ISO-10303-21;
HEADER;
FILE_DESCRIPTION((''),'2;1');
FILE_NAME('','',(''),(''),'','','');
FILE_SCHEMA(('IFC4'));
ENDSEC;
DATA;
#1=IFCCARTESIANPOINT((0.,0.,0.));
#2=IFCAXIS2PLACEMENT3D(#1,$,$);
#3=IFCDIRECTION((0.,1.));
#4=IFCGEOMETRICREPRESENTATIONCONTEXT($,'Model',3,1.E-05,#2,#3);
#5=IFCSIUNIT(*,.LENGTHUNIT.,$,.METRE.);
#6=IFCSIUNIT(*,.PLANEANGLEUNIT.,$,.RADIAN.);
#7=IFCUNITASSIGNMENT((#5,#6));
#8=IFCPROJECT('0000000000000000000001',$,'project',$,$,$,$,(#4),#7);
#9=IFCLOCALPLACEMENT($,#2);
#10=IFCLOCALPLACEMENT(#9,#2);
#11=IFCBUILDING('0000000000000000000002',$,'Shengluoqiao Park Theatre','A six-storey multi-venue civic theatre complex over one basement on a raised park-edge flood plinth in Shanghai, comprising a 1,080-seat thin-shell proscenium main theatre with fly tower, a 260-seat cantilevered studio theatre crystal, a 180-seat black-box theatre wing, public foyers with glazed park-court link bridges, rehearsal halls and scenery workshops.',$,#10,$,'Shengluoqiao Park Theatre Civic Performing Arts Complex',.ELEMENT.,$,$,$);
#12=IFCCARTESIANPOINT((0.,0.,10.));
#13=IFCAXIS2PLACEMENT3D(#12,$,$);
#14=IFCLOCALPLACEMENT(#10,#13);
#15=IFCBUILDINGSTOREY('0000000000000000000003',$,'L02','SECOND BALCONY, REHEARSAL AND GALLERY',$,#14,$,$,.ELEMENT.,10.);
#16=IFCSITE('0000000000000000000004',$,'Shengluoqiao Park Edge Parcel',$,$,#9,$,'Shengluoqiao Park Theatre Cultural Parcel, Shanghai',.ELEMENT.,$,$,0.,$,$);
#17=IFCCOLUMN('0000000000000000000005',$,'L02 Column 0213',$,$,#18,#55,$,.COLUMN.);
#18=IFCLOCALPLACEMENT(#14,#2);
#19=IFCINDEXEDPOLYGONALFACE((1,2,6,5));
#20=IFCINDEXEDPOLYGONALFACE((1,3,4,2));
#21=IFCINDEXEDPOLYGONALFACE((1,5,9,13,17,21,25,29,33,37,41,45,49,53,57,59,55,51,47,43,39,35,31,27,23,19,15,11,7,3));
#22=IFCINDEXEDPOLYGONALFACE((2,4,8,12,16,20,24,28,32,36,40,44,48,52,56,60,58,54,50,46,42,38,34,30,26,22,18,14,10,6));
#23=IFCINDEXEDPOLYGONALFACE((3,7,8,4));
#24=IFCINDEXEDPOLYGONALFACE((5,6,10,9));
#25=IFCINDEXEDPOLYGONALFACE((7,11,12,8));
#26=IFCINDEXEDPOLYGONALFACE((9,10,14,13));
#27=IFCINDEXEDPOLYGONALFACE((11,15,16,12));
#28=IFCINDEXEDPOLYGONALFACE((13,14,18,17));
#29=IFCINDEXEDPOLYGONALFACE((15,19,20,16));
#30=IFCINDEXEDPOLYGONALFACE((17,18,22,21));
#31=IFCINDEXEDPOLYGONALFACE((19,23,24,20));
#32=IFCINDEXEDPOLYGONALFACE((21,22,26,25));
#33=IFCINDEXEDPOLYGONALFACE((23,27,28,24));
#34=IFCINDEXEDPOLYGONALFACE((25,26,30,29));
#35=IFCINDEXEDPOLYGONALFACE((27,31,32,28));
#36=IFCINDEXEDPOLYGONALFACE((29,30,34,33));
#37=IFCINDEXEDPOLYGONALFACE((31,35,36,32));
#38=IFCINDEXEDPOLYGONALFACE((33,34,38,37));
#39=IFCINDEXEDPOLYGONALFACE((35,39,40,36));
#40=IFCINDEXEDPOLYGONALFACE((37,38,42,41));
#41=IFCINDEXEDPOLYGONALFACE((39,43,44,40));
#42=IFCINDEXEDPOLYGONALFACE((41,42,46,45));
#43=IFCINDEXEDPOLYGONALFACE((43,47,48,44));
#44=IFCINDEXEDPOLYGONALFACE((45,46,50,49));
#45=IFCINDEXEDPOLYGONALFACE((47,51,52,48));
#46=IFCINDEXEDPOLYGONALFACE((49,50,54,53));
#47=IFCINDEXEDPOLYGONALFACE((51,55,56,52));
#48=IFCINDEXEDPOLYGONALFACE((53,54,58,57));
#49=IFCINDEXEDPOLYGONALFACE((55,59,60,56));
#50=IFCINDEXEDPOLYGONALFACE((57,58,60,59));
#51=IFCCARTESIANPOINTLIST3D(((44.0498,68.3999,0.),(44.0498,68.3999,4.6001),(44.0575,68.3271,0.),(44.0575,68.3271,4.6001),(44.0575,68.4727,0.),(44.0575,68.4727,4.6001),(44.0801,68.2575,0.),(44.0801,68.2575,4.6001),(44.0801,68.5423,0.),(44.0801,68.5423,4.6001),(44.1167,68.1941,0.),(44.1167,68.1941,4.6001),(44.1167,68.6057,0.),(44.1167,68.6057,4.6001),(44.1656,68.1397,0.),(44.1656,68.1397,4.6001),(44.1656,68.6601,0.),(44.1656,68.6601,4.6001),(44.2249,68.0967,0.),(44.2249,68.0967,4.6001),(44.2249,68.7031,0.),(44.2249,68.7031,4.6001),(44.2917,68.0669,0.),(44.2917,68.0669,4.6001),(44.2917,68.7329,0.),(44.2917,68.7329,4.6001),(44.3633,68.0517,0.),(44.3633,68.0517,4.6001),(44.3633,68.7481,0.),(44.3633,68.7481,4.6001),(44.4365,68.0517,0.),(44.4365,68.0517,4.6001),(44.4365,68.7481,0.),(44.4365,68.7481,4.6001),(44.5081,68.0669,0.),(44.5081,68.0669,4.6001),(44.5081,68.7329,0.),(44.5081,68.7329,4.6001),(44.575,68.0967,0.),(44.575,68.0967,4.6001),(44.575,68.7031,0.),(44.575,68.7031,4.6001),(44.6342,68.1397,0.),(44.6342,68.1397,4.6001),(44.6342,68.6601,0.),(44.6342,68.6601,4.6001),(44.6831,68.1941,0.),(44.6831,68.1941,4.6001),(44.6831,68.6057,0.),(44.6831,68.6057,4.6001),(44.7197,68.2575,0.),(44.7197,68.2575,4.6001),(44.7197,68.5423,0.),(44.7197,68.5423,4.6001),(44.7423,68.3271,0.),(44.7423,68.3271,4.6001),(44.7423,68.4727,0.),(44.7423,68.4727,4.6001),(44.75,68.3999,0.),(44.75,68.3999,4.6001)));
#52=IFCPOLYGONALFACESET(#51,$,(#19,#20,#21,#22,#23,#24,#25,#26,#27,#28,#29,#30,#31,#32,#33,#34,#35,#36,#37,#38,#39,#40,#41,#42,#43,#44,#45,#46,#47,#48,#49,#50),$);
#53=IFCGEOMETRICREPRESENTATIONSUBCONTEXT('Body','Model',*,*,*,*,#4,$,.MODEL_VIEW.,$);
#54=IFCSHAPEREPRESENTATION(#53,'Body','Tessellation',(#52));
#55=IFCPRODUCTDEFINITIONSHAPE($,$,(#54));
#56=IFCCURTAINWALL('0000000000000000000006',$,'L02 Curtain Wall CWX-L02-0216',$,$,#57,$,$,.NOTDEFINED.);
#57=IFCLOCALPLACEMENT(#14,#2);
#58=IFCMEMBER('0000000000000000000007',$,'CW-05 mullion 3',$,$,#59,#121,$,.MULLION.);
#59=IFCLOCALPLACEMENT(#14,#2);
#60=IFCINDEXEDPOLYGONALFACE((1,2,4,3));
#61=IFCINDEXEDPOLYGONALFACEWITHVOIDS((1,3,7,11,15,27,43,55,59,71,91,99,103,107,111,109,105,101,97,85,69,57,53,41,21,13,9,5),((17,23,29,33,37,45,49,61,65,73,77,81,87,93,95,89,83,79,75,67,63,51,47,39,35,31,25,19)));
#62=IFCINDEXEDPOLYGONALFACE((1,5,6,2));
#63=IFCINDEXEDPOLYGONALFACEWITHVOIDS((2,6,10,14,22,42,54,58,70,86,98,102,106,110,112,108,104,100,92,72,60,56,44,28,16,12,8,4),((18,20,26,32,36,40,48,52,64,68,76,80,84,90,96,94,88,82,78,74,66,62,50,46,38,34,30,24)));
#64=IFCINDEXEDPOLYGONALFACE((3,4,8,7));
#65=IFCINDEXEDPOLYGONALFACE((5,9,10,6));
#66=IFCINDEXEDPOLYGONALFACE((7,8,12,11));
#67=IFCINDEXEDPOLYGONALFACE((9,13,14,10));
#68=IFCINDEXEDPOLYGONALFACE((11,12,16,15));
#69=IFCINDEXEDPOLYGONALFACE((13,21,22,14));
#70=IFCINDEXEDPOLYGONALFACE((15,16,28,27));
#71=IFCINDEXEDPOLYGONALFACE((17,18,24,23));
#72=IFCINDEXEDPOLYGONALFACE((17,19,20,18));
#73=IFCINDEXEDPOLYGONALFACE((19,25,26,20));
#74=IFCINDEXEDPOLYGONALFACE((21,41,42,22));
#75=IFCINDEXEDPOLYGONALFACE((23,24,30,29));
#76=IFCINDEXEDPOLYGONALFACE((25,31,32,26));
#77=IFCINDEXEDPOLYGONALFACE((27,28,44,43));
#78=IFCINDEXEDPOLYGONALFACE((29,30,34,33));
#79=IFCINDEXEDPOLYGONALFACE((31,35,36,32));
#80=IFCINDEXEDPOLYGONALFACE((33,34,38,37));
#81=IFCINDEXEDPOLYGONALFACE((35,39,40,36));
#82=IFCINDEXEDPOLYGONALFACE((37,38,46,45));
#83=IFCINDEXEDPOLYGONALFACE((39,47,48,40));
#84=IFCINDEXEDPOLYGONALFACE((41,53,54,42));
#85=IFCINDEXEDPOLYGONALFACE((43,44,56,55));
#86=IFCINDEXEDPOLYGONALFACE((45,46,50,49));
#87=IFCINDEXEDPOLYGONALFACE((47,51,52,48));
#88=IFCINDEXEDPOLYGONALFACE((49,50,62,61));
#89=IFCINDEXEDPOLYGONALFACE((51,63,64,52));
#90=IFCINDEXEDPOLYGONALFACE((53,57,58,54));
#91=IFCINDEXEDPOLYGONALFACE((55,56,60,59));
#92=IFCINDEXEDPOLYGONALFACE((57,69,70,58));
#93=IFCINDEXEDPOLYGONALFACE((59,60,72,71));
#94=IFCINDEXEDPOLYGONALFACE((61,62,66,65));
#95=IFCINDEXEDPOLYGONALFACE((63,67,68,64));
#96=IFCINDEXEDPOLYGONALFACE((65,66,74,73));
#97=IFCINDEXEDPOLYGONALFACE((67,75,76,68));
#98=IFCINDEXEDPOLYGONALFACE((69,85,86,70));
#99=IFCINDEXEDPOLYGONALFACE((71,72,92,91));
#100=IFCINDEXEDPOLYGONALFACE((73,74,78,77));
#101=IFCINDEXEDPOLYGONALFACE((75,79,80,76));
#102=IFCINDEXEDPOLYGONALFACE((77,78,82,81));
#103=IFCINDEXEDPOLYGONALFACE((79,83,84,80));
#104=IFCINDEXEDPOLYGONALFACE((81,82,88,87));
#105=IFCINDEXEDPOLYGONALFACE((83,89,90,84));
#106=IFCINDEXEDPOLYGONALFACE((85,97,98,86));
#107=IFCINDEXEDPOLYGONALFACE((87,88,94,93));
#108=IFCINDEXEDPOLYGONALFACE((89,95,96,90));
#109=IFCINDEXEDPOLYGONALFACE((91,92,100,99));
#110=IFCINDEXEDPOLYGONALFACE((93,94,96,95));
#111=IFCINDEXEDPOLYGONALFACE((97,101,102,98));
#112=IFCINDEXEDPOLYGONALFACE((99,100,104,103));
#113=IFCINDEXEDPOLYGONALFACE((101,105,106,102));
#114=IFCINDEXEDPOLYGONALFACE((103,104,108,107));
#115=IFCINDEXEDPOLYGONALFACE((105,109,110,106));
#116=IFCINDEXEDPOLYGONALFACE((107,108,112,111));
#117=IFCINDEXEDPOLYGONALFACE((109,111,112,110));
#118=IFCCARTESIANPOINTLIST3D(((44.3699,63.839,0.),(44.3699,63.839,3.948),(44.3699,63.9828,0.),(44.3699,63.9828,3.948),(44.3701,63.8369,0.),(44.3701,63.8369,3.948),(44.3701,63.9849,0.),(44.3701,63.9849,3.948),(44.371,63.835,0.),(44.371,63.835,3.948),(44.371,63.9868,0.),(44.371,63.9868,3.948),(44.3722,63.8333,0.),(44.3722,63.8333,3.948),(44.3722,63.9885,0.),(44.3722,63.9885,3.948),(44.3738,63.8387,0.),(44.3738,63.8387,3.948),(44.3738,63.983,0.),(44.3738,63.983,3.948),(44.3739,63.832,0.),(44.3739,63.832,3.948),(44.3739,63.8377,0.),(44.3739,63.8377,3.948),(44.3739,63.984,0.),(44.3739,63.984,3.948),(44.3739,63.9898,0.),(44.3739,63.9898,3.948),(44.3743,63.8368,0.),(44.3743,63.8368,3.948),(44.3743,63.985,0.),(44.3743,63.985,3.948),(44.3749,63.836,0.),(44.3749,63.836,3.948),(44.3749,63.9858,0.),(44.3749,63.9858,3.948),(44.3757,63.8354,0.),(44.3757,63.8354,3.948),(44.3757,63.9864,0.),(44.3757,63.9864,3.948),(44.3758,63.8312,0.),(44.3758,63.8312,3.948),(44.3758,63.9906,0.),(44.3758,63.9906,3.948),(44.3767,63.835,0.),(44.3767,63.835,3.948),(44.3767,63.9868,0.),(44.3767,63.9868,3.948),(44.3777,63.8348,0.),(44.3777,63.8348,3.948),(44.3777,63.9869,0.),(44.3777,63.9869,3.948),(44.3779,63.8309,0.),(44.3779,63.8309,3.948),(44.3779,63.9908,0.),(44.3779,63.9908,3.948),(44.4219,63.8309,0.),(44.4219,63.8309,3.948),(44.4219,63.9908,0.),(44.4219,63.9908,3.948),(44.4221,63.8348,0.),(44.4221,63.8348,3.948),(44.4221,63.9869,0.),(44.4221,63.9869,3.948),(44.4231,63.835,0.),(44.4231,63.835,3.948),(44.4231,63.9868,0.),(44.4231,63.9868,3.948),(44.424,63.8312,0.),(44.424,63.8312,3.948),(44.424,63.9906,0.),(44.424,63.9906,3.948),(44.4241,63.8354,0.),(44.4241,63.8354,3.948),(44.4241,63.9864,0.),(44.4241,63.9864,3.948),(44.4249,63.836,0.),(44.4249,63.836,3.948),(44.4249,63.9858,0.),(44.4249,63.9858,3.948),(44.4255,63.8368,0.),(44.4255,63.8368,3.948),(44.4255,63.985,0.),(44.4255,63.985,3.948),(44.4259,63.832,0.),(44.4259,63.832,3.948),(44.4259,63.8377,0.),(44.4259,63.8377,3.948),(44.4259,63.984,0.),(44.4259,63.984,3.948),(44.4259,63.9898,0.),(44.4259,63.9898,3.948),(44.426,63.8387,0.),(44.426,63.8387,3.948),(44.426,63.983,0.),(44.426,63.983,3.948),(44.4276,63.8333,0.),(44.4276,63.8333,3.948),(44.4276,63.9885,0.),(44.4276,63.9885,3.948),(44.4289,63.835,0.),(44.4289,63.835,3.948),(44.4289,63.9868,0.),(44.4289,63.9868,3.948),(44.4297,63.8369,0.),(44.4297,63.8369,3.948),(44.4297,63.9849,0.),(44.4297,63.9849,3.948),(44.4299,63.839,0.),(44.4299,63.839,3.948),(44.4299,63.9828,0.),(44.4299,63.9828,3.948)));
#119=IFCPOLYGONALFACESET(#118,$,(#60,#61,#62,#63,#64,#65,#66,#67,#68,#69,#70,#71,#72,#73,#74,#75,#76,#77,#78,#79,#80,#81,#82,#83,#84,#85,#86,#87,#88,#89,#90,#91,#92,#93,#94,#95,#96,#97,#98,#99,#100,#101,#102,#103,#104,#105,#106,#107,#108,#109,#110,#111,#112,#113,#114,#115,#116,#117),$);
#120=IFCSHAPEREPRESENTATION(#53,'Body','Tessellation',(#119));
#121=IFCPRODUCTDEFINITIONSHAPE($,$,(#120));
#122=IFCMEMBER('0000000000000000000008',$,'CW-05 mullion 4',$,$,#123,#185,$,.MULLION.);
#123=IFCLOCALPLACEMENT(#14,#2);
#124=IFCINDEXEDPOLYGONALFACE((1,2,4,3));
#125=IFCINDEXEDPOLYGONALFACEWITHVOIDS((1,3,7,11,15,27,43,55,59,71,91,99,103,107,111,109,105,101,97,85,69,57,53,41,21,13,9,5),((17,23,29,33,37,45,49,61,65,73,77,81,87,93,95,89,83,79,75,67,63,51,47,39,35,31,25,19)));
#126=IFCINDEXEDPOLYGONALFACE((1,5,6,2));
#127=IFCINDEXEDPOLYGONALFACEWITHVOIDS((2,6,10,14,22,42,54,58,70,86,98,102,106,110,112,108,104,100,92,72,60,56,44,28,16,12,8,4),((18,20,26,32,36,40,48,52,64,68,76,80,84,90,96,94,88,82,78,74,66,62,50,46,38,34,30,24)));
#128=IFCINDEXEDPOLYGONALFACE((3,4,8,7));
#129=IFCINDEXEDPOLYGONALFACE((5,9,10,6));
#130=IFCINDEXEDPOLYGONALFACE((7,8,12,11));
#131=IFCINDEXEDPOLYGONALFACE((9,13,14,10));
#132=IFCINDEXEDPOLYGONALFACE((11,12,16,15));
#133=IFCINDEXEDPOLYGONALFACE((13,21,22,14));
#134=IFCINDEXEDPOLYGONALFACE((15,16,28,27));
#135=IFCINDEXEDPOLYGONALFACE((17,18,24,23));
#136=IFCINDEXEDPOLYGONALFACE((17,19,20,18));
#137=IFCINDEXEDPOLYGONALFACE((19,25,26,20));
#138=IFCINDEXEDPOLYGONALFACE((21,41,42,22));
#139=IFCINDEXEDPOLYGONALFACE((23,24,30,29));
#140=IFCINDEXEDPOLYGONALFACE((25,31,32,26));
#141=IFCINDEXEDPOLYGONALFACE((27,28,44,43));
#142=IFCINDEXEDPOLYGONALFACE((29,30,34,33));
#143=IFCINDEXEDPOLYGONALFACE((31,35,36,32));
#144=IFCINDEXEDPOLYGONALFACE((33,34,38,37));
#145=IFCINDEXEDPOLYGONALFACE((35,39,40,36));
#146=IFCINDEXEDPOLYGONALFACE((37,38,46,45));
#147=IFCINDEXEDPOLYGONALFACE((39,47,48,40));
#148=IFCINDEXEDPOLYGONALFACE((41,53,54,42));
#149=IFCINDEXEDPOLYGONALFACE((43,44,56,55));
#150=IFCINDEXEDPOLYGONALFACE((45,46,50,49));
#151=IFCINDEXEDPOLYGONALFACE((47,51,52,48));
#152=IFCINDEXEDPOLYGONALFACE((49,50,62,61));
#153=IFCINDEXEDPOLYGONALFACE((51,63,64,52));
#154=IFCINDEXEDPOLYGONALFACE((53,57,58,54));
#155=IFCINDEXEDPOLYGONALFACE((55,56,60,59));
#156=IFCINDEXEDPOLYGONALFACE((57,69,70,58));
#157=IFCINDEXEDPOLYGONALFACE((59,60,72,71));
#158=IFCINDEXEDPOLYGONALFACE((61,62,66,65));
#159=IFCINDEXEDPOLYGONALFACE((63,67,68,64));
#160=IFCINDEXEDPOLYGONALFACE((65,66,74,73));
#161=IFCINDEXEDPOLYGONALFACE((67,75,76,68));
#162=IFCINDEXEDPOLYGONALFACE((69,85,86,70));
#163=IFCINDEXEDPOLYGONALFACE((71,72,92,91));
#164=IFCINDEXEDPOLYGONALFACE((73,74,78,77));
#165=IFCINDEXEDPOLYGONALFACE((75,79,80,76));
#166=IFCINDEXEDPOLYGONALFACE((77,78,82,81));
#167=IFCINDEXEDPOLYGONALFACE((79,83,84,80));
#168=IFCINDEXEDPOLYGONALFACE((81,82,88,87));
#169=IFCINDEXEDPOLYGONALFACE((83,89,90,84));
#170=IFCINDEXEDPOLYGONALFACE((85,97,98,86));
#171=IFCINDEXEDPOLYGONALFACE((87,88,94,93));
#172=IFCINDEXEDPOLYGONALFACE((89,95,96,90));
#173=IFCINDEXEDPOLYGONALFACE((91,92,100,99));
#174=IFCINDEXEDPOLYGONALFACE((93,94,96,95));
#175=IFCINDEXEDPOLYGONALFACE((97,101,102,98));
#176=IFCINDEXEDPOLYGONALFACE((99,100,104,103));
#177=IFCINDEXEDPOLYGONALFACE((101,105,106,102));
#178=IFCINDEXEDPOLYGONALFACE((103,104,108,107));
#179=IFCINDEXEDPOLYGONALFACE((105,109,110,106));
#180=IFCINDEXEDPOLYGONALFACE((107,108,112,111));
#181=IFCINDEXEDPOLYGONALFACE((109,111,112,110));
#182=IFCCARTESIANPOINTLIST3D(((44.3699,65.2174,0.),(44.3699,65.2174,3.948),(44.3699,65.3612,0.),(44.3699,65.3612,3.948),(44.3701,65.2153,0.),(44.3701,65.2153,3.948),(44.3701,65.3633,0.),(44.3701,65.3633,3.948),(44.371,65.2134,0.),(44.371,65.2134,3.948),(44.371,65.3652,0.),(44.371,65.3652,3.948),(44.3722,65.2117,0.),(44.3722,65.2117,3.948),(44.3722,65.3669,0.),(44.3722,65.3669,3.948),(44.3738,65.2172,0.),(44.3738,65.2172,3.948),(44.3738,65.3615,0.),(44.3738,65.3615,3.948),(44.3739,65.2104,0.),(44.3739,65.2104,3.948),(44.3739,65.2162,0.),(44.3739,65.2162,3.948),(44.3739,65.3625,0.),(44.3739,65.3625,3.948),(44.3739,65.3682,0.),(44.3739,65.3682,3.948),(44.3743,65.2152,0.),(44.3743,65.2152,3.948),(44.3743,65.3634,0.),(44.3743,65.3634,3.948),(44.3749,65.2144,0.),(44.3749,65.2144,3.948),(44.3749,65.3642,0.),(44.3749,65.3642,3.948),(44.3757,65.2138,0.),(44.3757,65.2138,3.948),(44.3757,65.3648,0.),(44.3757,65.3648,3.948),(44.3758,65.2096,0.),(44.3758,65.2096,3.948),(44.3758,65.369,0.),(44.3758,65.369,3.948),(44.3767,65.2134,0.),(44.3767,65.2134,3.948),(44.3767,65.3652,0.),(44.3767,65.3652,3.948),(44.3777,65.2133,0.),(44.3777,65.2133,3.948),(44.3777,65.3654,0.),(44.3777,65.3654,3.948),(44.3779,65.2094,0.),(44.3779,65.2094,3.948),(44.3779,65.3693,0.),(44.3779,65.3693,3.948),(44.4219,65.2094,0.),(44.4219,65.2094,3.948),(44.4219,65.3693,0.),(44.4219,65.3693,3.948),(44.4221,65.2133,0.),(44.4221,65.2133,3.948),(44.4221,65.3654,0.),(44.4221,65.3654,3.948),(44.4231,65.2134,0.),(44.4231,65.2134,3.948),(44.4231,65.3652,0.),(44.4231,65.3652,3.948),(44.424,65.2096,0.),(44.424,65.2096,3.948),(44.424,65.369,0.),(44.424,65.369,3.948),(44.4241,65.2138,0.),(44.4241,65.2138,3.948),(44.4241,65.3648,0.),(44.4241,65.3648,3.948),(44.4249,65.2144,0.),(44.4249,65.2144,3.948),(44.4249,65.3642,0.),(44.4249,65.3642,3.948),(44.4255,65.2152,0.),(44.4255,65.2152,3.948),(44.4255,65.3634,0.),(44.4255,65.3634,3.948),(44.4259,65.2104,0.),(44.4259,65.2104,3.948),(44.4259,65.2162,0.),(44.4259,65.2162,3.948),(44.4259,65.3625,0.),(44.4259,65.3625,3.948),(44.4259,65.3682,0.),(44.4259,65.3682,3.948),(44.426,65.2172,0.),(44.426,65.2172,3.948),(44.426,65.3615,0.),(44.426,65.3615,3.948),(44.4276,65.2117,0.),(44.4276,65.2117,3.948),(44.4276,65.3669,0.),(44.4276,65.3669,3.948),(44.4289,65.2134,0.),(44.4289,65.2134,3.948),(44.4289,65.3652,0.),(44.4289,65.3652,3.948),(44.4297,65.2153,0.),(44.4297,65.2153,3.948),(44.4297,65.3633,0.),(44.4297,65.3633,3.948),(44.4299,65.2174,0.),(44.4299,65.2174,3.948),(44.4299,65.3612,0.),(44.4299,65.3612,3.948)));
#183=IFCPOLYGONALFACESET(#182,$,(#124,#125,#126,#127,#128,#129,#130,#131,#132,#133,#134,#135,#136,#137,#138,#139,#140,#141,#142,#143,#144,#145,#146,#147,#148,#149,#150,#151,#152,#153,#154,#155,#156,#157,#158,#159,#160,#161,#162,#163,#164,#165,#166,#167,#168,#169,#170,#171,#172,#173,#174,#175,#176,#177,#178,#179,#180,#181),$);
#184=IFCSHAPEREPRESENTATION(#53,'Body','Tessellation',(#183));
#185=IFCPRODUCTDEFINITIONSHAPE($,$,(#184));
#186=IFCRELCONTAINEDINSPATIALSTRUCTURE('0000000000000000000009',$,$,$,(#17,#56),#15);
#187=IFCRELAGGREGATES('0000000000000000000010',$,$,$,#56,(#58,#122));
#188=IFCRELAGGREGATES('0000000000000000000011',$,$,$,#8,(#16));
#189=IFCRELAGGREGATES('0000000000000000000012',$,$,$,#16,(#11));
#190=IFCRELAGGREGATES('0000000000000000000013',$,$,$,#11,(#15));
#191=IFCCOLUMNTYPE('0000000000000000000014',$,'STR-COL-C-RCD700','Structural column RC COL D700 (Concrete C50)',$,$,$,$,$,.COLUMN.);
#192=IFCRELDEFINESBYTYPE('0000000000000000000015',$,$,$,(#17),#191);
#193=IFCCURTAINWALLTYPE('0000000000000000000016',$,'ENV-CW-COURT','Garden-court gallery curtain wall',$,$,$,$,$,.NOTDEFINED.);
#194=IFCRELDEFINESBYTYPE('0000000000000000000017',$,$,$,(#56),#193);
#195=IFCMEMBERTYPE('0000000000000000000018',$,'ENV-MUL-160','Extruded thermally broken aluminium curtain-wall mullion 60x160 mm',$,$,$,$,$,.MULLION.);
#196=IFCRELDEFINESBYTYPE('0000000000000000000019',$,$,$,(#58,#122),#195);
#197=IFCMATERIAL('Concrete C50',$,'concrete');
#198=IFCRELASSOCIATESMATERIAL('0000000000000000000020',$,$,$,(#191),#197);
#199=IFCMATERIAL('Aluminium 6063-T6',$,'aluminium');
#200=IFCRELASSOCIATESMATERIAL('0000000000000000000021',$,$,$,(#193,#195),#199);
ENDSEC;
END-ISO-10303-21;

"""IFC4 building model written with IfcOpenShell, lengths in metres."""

from ifc_helpers import new_model, si_unit, direction, frame, origin, origin_2d, place, context, subcontext, project, spatial, hollow_rectangle, circle, extrude, material, material_profile, profile_set, type_object, element, aggregate, save


model = new_model("IFC4")

# Units and contexts
model_context = context("Model", 3, precision=1e-05, world=origin(), true_north=direction((0.0, 1.0)))
body_context = subcontext(model_context, "Body", "Model", "MODEL_VIEW")
ifc_project = project(units=[si_unit("LENGTHUNIT", "METRE"), si_unit("PLANEANGLEUNIT", "RADIAN")], contexts=[model_context])

# Site, building, storey
site_placement = place(None, origin())
site = spatial("IfcSite", under=ifc_project, at=site_placement, Name="Shengluoqiao Park Edge Parcel", LongName="Shengluoqiao Park Theatre Cultural Parcel, Shanghai", CompositionType="ELEMENT", RefElevation=0.0)
building_placement = place(site_placement, origin())
building = spatial("IfcBuilding", under=site, at=building_placement, Name="Shengluoqiao Park Theatre", Description="A six-storey multi-venue civic theatre complex over one basement on a raised park-edge flood plinth in Shanghai, comprising a 1,080-seat thin-shell proscenium main theatre with fly tower, a 260-seat cantilevered studio theatre crystal, a 180-seat black-box theatre wing, public foyers with glazed park-court link bridges, rehearsal halls and scenery workshops.", LongName="Shengluoqiao Park Theatre Civic Performing Arts Complex", CompositionType="ELEMENT")
storey_placement = place(building_placement, frame((0.0, 0.0, 10.0)))
storey = spatial("IfcBuildingStorey", under=building, at=storey_placement, Name="L02", Description="SECOND BALCONY, REHEARSAL AND GALLERY", CompositionType="ELEMENT", Elevation=10.0)

# Column
ifc_material_1 = material(Name="Concrete C50", Category="concrete")
ifc_material_profile_1 = material_profile(ifc_material_1, circle(Radius=0.3501, at=origin_2d()), Name="RC COL D700")
ifc_profile_set_1 = profile_set([ifc_material_profile_1], Name="Concrete C50")
column_type = type_object("IfcColumnType", Name="STR-COL-C-RCD700", Description="Structural column RC COL D700 (Concrete C50)", PredefinedType="COLUMN", material=ifc_profile_set_1)
column_placement = place(storey_placement, frame((44.3999, 68.3999, 0.0), z_axis=(0.0, 0.0, 1.0), x_axis=(1.0, 0.0, 0.0)))
element("IfcColumn", 1, at=column_placement, inside=storey, type_object=column_type, Name="L02 Column 0213", PredefinedType="COLUMN", context=body_context, shape_type="SweptSolid", body=[
    extrude(circle(Radius=0.3501, at=origin_2d()), origin(), (0.0, 0.0, 1.0), 4.6001),
])

# Curtain wall, members
ifc_material_2 = material(Name="Aluminium 6063-T6", Category="aluminium")
curtain_wall_type = type_object("IfcCurtainWallType", Name="ENV-CW-COURT", Description="Garden-court gallery curtain wall", PredefinedType="NOTDEFINED", material=ifc_material_2)
curtain_wall_placement = place(storey_placement, origin())
curtain_wall = element("IfcCurtainWall", 2, at=curtain_wall_placement, inside=storey, type_object=curtain_wall_type, Name="L02 Curtain Wall CWX-L02-0216", PredefinedType="NOTDEFINED")
ifc_material_profile_2 = material_profile(ifc_material_2, hollow_rectangle(XDim=0.0601, YDim=0.1599, WallThickness=0.0039, InnerFilletRadius=0.0039, OuterFilletRadius=0.0081, at=origin_2d()), Name="ALU MULLION 160x60x4")
ifc_profile_set_2 = profile_set([ifc_material_profile_2], Name="Aluminium 6063-T6")
member_type_1 = type_object("IfcMemberType", Name="ENV-MUL-160", Description="Extruded thermally broken aluminium curtain-wall mullion 60x160 mm", PredefinedType="MULLION", material=ifc_profile_set_2)
member_1_placement = place(storey_placement, frame((44.3999, 63.9109, 0.0), z_axis=(0.0, 0.0, 1.0), x_axis=(-1.0, 0.0, 0.0)))
member_1 = element("IfcMember", 3, at=member_1_placement, type_object=member_type_1, Name="CW-05 mullion 3", PredefinedType="MULLION", context=body_context, shape_type="SweptSolid", body=[
    extrude(hollow_rectangle(XDim=0.0601, YDim=0.1599, WallThickness=0.0039, InnerFilletRadius=0.0039, OuterFilletRadius=0.0081, at=origin_2d()), origin(), (0.0, 0.0, 1.0), 3.948),
])
member_2_placement = place(storey_placement, frame((44.3999, 65.2893, 0.0), z_axis=(0.0, 0.0, 1.0), x_axis=(-1.0, 0.0, 0.0)))
member_2 = element("IfcMember", 4, at=member_2_placement, type_object=member_type_1, Name="CW-05 mullion 4", PredefinedType="MULLION", context=body_context, shape_type="SweptSolid", body=[
    extrude(hollow_rectangle(XDim=0.0601, YDim=0.1599, WallThickness=0.0039, InnerFilletRadius=0.0039, OuterFilletRadius=0.0081, at=origin_2d()), origin(), (0.0, 0.0, 1.0), 3.948),
])

aggregate(curtain_wall, [member_1, member_2])

save(model, "model.ifc")
